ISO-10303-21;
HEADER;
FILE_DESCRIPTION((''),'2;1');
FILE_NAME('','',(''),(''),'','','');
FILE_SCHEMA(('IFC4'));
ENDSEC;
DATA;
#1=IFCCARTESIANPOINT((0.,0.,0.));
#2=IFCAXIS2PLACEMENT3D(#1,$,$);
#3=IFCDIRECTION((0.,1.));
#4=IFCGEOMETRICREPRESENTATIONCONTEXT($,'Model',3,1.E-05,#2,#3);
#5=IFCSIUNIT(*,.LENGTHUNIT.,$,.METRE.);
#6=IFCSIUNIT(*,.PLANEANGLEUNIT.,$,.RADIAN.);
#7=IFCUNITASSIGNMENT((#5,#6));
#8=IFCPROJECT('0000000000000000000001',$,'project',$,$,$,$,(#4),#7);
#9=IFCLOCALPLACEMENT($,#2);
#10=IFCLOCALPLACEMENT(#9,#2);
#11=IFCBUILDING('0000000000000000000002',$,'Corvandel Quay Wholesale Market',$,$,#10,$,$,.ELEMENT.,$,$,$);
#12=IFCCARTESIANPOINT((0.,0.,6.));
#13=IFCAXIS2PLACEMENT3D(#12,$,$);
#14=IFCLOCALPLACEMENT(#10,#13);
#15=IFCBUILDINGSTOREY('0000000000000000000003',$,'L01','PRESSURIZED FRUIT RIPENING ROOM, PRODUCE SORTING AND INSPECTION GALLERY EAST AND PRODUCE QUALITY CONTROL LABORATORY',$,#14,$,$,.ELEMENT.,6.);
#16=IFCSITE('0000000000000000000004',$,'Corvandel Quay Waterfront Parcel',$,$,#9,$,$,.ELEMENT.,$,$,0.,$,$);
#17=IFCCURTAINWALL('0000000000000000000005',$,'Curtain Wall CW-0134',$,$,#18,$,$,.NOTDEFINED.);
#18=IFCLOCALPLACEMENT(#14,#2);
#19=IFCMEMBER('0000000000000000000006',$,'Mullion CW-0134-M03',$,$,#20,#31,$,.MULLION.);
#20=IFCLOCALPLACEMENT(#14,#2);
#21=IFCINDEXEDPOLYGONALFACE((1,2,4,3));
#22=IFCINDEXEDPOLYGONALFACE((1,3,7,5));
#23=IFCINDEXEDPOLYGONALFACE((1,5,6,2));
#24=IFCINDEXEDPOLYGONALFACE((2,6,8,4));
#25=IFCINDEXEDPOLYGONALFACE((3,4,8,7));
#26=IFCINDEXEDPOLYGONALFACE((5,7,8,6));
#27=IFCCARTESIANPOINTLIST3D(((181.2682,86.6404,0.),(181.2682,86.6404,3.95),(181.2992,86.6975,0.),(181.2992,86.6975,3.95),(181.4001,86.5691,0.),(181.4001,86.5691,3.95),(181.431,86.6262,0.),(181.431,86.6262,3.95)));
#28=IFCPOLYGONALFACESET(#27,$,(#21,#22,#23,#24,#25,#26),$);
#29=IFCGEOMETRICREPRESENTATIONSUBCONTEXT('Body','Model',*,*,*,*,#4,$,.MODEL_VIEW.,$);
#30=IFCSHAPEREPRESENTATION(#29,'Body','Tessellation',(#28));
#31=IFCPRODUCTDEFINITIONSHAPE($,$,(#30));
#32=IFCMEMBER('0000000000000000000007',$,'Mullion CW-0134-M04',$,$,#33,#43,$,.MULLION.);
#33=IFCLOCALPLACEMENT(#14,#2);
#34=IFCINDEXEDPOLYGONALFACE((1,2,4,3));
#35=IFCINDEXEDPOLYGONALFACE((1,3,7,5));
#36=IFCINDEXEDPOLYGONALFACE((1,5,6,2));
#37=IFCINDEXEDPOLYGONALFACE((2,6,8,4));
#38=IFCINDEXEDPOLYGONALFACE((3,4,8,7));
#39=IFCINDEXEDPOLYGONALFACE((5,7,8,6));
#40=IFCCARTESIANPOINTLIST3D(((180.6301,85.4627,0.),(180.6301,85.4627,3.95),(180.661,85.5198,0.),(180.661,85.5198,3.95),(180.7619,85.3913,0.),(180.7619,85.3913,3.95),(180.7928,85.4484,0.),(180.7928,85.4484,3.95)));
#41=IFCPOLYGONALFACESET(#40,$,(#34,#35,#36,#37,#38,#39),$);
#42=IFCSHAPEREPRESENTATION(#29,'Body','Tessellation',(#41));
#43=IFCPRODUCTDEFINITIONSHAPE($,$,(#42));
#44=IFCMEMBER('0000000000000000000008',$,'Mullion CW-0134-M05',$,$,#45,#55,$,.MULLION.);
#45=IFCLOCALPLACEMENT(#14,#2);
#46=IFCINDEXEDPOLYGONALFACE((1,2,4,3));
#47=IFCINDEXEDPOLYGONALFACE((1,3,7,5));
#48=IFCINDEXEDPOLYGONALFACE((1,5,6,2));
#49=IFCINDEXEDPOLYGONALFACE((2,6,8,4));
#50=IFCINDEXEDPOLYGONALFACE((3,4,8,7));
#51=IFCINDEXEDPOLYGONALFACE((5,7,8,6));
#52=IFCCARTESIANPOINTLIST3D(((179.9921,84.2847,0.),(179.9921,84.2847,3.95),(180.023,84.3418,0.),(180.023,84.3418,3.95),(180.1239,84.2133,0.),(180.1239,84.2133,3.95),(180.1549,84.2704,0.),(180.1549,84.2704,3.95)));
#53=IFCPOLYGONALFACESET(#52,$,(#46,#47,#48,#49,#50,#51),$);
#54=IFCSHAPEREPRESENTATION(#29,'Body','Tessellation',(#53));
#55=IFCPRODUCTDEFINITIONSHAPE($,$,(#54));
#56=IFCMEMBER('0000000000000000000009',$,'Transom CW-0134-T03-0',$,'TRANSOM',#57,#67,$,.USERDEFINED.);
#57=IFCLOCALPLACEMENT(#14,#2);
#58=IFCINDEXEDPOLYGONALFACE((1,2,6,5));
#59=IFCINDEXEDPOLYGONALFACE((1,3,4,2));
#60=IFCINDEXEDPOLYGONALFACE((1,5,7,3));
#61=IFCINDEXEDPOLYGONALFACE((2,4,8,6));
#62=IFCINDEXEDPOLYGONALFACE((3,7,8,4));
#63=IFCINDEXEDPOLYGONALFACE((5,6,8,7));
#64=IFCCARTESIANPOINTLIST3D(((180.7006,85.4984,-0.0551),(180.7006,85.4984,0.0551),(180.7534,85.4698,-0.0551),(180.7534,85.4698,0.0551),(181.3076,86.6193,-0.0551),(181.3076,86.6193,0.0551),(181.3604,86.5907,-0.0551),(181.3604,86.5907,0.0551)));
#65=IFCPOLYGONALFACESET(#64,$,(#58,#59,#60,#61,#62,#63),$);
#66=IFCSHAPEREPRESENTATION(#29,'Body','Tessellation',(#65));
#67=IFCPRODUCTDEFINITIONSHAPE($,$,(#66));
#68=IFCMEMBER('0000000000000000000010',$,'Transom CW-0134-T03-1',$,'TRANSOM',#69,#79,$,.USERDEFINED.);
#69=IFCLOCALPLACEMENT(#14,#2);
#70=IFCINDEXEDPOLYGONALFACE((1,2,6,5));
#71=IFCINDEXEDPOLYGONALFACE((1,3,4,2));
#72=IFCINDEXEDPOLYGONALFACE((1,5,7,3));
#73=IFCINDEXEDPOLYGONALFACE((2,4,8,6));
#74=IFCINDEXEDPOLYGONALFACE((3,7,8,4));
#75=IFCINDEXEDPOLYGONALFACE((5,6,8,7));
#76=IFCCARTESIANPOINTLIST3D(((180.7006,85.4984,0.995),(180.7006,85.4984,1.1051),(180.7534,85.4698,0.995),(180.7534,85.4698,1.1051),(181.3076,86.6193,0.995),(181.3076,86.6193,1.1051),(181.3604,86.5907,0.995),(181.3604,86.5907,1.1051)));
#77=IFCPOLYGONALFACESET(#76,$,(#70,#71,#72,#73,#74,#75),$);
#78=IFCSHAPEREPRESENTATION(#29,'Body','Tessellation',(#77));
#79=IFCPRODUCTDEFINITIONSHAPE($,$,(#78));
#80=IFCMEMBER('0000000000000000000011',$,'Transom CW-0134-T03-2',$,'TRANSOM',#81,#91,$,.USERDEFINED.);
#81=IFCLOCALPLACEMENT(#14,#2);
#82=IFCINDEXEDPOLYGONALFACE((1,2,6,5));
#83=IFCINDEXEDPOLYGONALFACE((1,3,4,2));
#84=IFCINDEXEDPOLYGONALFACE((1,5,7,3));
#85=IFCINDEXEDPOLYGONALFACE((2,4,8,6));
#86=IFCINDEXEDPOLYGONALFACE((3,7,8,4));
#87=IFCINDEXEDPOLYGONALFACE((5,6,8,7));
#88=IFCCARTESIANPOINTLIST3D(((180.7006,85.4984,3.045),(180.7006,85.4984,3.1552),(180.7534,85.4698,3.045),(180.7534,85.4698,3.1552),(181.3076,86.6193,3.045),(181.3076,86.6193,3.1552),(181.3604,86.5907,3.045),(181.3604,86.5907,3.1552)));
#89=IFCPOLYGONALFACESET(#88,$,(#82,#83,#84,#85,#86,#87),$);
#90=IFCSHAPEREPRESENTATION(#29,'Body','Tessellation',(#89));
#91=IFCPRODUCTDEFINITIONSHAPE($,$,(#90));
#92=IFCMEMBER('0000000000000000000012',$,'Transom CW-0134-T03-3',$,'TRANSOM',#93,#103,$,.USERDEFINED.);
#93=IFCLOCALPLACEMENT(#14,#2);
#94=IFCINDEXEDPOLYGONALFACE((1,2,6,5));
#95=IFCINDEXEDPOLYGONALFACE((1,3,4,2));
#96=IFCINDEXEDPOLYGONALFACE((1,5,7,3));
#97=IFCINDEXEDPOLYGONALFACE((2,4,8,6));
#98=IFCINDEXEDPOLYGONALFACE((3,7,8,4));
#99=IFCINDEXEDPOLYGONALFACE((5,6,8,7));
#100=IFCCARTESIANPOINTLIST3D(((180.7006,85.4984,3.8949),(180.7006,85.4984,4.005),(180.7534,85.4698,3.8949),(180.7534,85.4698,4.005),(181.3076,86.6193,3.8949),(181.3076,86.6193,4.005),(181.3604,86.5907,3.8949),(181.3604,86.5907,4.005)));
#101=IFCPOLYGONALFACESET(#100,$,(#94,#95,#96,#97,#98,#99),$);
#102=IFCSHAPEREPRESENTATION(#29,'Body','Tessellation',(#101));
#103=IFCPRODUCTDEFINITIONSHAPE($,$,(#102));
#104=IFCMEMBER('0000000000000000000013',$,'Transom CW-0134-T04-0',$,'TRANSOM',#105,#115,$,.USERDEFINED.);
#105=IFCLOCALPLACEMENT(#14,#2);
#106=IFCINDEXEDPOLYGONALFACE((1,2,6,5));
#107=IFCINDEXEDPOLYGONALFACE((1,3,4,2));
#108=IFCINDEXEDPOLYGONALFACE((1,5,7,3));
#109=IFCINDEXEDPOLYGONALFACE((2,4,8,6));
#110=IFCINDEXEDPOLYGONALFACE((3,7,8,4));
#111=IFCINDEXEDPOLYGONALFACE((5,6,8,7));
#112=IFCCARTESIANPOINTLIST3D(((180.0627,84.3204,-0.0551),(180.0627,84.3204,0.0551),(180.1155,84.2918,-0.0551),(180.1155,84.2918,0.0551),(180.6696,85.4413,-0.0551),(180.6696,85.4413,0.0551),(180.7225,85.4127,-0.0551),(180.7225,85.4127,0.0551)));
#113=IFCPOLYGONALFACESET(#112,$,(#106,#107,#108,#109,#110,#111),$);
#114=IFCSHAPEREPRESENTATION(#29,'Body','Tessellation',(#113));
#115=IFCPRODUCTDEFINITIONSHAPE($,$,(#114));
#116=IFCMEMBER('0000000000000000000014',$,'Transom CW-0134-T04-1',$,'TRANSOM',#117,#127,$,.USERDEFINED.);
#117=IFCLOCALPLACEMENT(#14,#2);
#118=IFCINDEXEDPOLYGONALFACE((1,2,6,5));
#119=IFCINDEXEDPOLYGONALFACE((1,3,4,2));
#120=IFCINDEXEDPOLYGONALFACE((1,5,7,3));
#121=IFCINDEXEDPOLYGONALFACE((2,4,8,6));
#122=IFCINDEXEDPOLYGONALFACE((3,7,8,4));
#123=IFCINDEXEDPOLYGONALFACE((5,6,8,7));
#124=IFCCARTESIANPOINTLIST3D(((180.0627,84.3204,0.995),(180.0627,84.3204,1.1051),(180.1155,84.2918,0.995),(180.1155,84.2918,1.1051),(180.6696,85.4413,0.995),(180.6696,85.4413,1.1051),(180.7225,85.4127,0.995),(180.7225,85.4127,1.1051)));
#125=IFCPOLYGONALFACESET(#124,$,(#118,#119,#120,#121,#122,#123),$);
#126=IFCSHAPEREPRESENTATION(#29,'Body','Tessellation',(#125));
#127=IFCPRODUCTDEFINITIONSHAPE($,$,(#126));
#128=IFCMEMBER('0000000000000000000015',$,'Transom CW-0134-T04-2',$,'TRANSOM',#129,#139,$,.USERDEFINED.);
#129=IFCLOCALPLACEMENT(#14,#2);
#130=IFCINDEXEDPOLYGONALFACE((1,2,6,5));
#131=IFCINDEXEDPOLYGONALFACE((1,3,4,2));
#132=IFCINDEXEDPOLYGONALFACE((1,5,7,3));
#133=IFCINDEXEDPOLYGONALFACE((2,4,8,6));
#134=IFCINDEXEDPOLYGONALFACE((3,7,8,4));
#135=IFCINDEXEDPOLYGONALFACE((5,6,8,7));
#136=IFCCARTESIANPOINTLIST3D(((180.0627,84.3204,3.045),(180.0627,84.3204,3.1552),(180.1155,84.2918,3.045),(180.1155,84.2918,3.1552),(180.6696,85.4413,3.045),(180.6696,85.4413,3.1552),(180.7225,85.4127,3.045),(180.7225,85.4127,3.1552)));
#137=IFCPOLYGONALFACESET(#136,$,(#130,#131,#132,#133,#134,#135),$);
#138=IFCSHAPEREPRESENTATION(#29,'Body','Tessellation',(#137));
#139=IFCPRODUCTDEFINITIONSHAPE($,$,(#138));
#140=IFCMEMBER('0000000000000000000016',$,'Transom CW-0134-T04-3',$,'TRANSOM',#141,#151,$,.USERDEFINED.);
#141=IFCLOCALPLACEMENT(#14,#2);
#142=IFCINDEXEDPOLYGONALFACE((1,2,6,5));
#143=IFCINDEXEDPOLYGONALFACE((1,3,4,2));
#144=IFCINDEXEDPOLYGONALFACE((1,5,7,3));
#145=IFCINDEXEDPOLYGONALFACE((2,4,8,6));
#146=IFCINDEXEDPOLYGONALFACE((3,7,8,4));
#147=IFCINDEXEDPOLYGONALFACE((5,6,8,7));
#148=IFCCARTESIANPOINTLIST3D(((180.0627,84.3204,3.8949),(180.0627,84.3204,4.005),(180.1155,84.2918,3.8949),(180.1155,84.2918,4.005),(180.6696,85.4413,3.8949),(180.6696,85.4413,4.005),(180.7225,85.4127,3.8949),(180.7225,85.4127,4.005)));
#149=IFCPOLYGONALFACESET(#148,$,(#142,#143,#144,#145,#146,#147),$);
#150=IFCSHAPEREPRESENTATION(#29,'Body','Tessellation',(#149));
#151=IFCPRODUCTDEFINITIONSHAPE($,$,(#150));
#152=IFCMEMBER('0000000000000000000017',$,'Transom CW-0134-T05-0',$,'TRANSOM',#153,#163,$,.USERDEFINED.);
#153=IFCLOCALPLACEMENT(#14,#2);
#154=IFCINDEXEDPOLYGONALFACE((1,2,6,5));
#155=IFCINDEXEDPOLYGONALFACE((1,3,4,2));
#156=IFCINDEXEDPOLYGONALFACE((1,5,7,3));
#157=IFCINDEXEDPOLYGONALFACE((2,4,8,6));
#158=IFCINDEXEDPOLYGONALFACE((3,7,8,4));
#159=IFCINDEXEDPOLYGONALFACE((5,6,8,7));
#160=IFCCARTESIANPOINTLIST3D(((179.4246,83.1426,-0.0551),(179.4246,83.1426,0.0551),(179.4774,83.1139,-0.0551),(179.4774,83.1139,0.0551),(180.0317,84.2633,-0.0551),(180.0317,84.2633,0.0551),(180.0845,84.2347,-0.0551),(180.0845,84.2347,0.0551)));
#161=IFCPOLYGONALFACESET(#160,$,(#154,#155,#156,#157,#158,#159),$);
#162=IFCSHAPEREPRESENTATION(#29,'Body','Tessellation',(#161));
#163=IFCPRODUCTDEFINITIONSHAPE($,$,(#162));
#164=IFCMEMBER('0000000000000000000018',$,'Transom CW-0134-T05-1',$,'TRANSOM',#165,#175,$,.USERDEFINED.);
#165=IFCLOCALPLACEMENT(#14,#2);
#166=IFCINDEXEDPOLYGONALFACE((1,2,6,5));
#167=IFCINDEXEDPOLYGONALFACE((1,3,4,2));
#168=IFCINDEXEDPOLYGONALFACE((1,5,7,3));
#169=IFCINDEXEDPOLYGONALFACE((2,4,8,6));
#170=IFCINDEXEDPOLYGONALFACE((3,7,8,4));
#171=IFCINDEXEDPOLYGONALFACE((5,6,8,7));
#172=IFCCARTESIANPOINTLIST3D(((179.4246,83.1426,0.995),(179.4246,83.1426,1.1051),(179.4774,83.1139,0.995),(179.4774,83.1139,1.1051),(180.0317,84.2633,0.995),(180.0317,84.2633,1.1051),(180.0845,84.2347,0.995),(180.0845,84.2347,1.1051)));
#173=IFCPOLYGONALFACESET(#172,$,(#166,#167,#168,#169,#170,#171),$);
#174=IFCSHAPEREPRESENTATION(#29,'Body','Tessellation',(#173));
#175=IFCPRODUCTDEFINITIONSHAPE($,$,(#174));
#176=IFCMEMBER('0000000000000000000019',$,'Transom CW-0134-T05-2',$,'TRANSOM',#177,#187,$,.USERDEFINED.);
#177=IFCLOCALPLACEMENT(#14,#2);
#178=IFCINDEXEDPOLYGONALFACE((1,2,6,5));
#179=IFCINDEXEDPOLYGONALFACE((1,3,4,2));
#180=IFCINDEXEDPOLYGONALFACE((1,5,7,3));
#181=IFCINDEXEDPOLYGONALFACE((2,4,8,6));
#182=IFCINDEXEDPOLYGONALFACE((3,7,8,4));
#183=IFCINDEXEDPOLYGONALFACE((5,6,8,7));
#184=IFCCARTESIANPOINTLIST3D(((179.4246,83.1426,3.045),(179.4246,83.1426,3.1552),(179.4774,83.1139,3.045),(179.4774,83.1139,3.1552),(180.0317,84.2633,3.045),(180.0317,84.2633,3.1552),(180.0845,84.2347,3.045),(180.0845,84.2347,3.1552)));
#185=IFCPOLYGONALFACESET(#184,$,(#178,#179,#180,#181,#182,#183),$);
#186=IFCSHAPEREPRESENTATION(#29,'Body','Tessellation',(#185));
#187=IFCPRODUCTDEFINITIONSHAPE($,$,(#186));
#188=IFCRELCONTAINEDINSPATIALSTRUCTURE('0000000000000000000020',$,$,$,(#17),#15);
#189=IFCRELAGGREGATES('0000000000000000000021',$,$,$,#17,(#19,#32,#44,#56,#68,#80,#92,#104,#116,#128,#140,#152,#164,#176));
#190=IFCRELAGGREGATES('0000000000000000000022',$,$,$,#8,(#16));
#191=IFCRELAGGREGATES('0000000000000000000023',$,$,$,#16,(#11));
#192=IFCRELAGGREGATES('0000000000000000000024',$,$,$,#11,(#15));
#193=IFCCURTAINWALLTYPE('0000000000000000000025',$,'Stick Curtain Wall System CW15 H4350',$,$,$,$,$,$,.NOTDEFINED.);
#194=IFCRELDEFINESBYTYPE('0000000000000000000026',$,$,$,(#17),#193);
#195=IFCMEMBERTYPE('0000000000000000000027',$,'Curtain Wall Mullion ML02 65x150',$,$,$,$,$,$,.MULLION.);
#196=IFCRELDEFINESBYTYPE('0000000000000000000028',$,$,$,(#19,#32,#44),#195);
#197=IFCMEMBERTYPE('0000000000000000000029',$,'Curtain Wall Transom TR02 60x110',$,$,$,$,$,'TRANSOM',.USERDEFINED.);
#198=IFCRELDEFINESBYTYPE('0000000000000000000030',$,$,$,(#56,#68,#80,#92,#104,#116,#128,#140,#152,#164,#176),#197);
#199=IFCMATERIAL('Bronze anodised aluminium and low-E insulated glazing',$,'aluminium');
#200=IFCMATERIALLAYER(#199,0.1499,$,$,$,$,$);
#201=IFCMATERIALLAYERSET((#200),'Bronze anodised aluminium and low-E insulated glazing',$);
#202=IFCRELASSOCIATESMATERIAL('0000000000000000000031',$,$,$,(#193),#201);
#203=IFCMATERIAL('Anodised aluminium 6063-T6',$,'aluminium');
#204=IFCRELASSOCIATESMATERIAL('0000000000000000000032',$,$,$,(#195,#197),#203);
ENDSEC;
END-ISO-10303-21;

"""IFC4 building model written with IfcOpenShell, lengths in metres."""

from ifc_helpers import new_model, si_unit, direction, frame, origin, origin_2d, place, context, subcontext, project, spatial, rectangle, extrude, material, layer, layer_set, material_profile, profile_set, type_object, element, aggregate, save


model = new_model("IFC4")

# Units and contexts
model_context = context("Model", 3, precision=1e-05, world=origin(), true_north=direction((0.0, 1.0)))
body_context = subcontext(model_context, "Body", "Model", "MODEL_VIEW")
ifc_project = project(units=[si_unit("LENGTHUNIT", "METRE"), si_unit("PLANEANGLEUNIT", "RADIAN")], contexts=[model_context])

# Site, building, storey
site_placement = place(None, origin())
site = spatial("IfcSite", under=ifc_project, at=site_placement, Name="Corvandel Quay Waterfront Parcel", CompositionType="ELEMENT", RefElevation=0.0)
building_placement = place(site_placement, origin())
building = spatial("IfcBuilding", under=site, at=building_placement, Name="Corvandel Quay Wholesale Market", CompositionType="ELEMENT")
storey_placement = place(building_placement, frame((0.0, 0.0, 6.0)))
storey = spatial("IfcBuildingStorey", under=building, at=storey_placement, Name="L01", Description="PRESSURIZED FRUIT RIPENING ROOM, PRODUCE SORTING AND INSPECTION GALLERY EAST AND PRODUCE QUALITY CONTROL LABORATORY", CompositionType="ELEMENT", Elevation=6.0)

# Curtain wall, members
ifc_material_1 = material(Name="Bronze anodised aluminium and low-E insulated glazing", Category="aluminium")
ifc_layer_1 = layer(ifc_material_1, 0.1499)
ifc_layer_set_1 = layer_set([ifc_layer_1], Name="Bronze anodised aluminium and low-E insulated glazing")
curtain_wall_type = type_object("IfcCurtainWallType", Name="Stick Curtain Wall System CW15 H4350", PredefinedType="NOTDEFINED", material=ifc_layer_set_1)
curtain_wall_placement = place(storey_placement, origin())
curtain_wall = element("IfcCurtainWall", 1, at=curtain_wall_placement, inside=storey, type_object=curtain_wall_type, Name="Curtain Wall CW-0134", PredefinedType="NOTDEFINED")
ifc_material_2 = material(Name="Anodised aluminium 6063-T6", Category="aluminium")
ifc_material_profile_1 = material_profile(ifc_material_2, rectangle(XDim=0.0649, YDim=0.1499, at=origin_2d()), Name="ALU-MUL-65x150")
ifc_profile_set_1 = profile_set([ifc_material_profile_1], Name="Anodised aluminium 6063-T6")
member_type_1 = type_object("IfcMemberType", Name="Curtain Wall Mullion ML02 65x150", PredefinedType="MULLION", material=ifc_profile_set_1)
member_1_placement = place(storey_placement, frame((181.3496, 86.6333, 0.0), z_axis=(0.0, 0.0, 1.0), x_axis=(0.476238, 0.879316, 0.0)))
member_1 = element("IfcMember", 2, at=member_1_placement, type_object=member_type_1, Name="Mullion CW-0134-M03", PredefinedType="MULLION", context=body_context, shape_type="SweptSolid", body=[
    extrude(rectangle(XDim=0.0649, YDim=0.1499, at=origin_2d()), origin(), (0.0, 0.0, 1.0), 3.95),
])
member_2_placement = place(storey_placement, frame((180.7114, 85.4556, 0.0), z_axis=(0.0, 0.0, 1.0), x_axis=(0.476238, 0.879316, 0.0)))
member_2 = element("IfcMember", 3, at=member_2_placement, type_object=member_type_1, Name="Mullion CW-0134-M04", PredefinedType="MULLION", context=body_context, shape_type="SweptSolid", body=[
    extrude(rectangle(XDim=0.0649, YDim=0.1499, at=origin_2d()), origin(), (0.0, 0.0, 1.0), 3.95),
])
member_3_placement = place(storey_placement, frame((180.0735, 84.2776, 0.0), z_axis=(0.0, 0.0, 1.0), x_axis=(0.476238, 0.879316, 0.0)))
member_3 = element("IfcMember", 4, at=member_3_placement, type_object=member_type_1, Name="Mullion CW-0134-M05", PredefinedType="MULLION", context=body_context, shape_type="SweptSolid", body=[
    extrude(rectangle(XDim=0.0649, YDim=0.1499, at=origin_2d()), origin(), (0.0, 0.0, 1.0), 3.95),
])
ifc_material_profile_2 = material_profile(ifc_material_2, rectangle(XDim=0.0601, YDim=0.1101, at=origin_2d()), Name="ALU-TRN-60x110")
ifc_profile_set_2 = profile_set([ifc_material_profile_2], Name="Anodised aluminium 6063-T6")
member_type_2 = type_object("IfcMemberType", Name="Curtain Wall Transom TR02 60x110", ElementType="TRANSOM", PredefinedType="USERDEFINED", material=ifc_profile_set_2)
member_4_placement = place(storey_placement, frame((181.334, 86.605, 0.0), z_axis=(-0.476166, -0.879355, 0.0), x_axis=(0.879355, -0.476166, 0.0)))
member_4 = element("IfcMember", 5, at=member_4_placement, type_object=member_type_2, Name="Transom CW-0134-T03-0", ObjectType="TRANSOM", PredefinedType="USERDEFINED", context=body_context, shape_type="SweptSolid", body=[
    extrude(rectangle(XDim=0.0601, YDim=0.1101, at=origin_2d()), origin(), (0.0, 0.0, 1.0), 1.2747),
])
member_5_placement = place(storey_placement, frame((181.334, 86.605, 1.05), z_axis=(-0.476166, -0.879355, 0.0), x_axis=(0.879355, -0.476166, 0.0)))
member_5 = element("IfcMember", 6, at=member_5_placement, type_object=member_type_2, Name="Transom CW-0134-T03-1", ObjectType="TRANSOM", PredefinedType="USERDEFINED", context=body_context, shape_type="SweptSolid", body=[
    extrude(rectangle(XDim=0.0601, YDim=0.1101, at=origin_2d()), origin(), (0.0, 0.0, 1.0), 1.2747),
])
member_6_placement = place(storey_placement, frame((181.334, 86.605, 3.1001), z_axis=(-0.476166, -0.879355, 0.0), x_axis=(0.879355, -0.476166, 0.0)))
member_6 = element("IfcMember", 7, at=member_6_placement, type_object=member_type_2, Name="Transom CW-0134-T03-2", ObjectType="TRANSOM", PredefinedType="USERDEFINED", context=body_context, shape_type="SweptSolid", body=[
    extrude(rectangle(XDim=0.0601, YDim=0.1101, at=origin_2d()), origin(), (0.0, 0.0, 1.0), 1.2747),
])
member_7_placement = place(storey_placement, frame((181.334, 86.605, 3.95), z_axis=(-0.476166, -0.879355, 0.0), x_axis=(0.879355, -0.476166, 0.0)))
member_7 = element("IfcMember", 8, at=member_7_placement, type_object=member_type_2, Name="Transom CW-0134-T03-3", ObjectType="TRANSOM", PredefinedType="USERDEFINED", context=body_context, shape_type="SweptSolid", body=[
    extrude(rectangle(XDim=0.0601, YDim=0.1101, at=origin_2d()), origin(), (0.0, 0.0, 1.0), 1.2747),
])
member_8_placement = place(storey_placement, frame((180.696, 85.427, 0.0), z_axis=(-0.476166, -0.879355, 0.0), x_axis=(0.879355, -0.476166, 0.0)))
member_8 = element("IfcMember", 9, at=member_8_placement, type_object=member_type_2, Name="Transom CW-0134-T04-0", ObjectType="TRANSOM", PredefinedType="USERDEFINED", context=body_context, shape_type="SweptSolid", body=[
    extrude(rectangle(XDim=0.0601, YDim=0.1101, at=origin_2d()), origin(), (0.0, 0.0, 1.0), 1.2747),
])
member_9_placement = place(storey_placement, frame((180.696, 85.427, 1.05), z_axis=(-0.476166, -0.879355, 0.0), x_axis=(0.879355, -0.476166, 0.0)))
member_9 = element("IfcMember", 10, at=member_9_placement, type_object=member_type_2, Name="Transom CW-0134-T04-1", ObjectType="TRANSOM", PredefinedType="USERDEFINED", context=body_context, shape_type="SweptSolid", body=[
    extrude(rectangle(XDim=0.0601, YDim=0.1101, at=origin_2d()), origin(), (0.0, 0.0, 1.0), 1.2747),
])
member_10_placement = place(storey_placement, frame((180.696, 85.427, 3.1001), z_axis=(-0.476166, -0.879355, 0.0), x_axis=(0.879355, -0.476166, 0.0)))
member_10 = element("IfcMember", 11, at=member_10_placement, type_object=member_type_2, Name="Transom CW-0134-T04-2", ObjectType="TRANSOM", PredefinedType="USERDEFINED", context=body_context, shape_type="SweptSolid", body=[
    extrude(rectangle(XDim=0.0601, YDim=0.1101, at=origin_2d()), origin(), (0.0, 0.0, 1.0), 1.2747),
])
member_11_placement = place(storey_placement, frame((180.696, 85.427, 3.95), z_axis=(-0.476166, -0.879355, 0.0), x_axis=(0.879355, -0.476166, 0.0)))
member_11 = element("IfcMember", 12, at=member_11_placement, type_object=member_type_2, Name="Transom CW-0134-T04-3", ObjectType="TRANSOM", PredefinedType="USERDEFINED", context=body_context, shape_type="SweptSolid", body=[
    extrude(rectangle(XDim=0.0601, YDim=0.1101, at=origin_2d()), origin(), (0.0, 0.0, 1.0), 1.2747),
])
member_12_placement = place(storey_placement, frame((180.0581, 84.249, 0.0), z_axis=(-0.476314, -0.879275, 0.0), x_axis=(0.879275, -0.476314, 0.0)))
member_12 = element("IfcMember", 13, at=member_12_placement, type_object=member_type_2, Name="Transom CW-0134-T05-0", ObjectType="TRANSOM", PredefinedType="USERDEFINED", context=body_context, shape_type="SweptSolid", body=[
    extrude(rectangle(XDim=0.0601, YDim=0.1101, at=origin_2d()), origin(), (0.0, 0.0, 1.0), 1.2747),
])
member_13_placement = place(storey_placement, frame((180.0581, 84.249, 1.05), z_axis=(-0.476314, -0.879275, 0.0), x_axis=(0.879275, -0.476314, 0.0)))
member_13 = element("IfcMember", 14, at=member_13_placement, type_object=member_type_2, Name="Transom CW-0134-T05-1", ObjectType="TRANSOM", PredefinedType="USERDEFINED", context=body_context, shape_type="SweptSolid", body=[
    extrude(rectangle(XDim=0.0601, YDim=0.1101, at=origin_2d()), origin(), (0.0, 0.0, 1.0), 1.2747),
])
member_14_placement = place(storey_placement, frame((180.0581, 84.249, 3.1001), z_axis=(-0.476314, -0.879275, 0.0), x_axis=(0.879275, -0.476314, 0.0)))
member_14 = element("IfcMember", 15, at=member_14_placement, type_object=member_type_2, Name="Transom CW-0134-T05-2", ObjectType="TRANSOM", PredefinedType="USERDEFINED", context=body_context, shape_type="SweptSolid", body=[
    extrude(rectangle(XDim=0.0601, YDim=0.1101, at=origin_2d()), origin(), (0.0, 0.0, 1.0), 1.2747),
])
aggregate(curtain_wall, [member_1, member_2, member_3, member_4, member_5, member_6, member_7, member_8, member_9, member_10, member_11, member_12, member_13, member_14])

save(model, "model.ifc")
